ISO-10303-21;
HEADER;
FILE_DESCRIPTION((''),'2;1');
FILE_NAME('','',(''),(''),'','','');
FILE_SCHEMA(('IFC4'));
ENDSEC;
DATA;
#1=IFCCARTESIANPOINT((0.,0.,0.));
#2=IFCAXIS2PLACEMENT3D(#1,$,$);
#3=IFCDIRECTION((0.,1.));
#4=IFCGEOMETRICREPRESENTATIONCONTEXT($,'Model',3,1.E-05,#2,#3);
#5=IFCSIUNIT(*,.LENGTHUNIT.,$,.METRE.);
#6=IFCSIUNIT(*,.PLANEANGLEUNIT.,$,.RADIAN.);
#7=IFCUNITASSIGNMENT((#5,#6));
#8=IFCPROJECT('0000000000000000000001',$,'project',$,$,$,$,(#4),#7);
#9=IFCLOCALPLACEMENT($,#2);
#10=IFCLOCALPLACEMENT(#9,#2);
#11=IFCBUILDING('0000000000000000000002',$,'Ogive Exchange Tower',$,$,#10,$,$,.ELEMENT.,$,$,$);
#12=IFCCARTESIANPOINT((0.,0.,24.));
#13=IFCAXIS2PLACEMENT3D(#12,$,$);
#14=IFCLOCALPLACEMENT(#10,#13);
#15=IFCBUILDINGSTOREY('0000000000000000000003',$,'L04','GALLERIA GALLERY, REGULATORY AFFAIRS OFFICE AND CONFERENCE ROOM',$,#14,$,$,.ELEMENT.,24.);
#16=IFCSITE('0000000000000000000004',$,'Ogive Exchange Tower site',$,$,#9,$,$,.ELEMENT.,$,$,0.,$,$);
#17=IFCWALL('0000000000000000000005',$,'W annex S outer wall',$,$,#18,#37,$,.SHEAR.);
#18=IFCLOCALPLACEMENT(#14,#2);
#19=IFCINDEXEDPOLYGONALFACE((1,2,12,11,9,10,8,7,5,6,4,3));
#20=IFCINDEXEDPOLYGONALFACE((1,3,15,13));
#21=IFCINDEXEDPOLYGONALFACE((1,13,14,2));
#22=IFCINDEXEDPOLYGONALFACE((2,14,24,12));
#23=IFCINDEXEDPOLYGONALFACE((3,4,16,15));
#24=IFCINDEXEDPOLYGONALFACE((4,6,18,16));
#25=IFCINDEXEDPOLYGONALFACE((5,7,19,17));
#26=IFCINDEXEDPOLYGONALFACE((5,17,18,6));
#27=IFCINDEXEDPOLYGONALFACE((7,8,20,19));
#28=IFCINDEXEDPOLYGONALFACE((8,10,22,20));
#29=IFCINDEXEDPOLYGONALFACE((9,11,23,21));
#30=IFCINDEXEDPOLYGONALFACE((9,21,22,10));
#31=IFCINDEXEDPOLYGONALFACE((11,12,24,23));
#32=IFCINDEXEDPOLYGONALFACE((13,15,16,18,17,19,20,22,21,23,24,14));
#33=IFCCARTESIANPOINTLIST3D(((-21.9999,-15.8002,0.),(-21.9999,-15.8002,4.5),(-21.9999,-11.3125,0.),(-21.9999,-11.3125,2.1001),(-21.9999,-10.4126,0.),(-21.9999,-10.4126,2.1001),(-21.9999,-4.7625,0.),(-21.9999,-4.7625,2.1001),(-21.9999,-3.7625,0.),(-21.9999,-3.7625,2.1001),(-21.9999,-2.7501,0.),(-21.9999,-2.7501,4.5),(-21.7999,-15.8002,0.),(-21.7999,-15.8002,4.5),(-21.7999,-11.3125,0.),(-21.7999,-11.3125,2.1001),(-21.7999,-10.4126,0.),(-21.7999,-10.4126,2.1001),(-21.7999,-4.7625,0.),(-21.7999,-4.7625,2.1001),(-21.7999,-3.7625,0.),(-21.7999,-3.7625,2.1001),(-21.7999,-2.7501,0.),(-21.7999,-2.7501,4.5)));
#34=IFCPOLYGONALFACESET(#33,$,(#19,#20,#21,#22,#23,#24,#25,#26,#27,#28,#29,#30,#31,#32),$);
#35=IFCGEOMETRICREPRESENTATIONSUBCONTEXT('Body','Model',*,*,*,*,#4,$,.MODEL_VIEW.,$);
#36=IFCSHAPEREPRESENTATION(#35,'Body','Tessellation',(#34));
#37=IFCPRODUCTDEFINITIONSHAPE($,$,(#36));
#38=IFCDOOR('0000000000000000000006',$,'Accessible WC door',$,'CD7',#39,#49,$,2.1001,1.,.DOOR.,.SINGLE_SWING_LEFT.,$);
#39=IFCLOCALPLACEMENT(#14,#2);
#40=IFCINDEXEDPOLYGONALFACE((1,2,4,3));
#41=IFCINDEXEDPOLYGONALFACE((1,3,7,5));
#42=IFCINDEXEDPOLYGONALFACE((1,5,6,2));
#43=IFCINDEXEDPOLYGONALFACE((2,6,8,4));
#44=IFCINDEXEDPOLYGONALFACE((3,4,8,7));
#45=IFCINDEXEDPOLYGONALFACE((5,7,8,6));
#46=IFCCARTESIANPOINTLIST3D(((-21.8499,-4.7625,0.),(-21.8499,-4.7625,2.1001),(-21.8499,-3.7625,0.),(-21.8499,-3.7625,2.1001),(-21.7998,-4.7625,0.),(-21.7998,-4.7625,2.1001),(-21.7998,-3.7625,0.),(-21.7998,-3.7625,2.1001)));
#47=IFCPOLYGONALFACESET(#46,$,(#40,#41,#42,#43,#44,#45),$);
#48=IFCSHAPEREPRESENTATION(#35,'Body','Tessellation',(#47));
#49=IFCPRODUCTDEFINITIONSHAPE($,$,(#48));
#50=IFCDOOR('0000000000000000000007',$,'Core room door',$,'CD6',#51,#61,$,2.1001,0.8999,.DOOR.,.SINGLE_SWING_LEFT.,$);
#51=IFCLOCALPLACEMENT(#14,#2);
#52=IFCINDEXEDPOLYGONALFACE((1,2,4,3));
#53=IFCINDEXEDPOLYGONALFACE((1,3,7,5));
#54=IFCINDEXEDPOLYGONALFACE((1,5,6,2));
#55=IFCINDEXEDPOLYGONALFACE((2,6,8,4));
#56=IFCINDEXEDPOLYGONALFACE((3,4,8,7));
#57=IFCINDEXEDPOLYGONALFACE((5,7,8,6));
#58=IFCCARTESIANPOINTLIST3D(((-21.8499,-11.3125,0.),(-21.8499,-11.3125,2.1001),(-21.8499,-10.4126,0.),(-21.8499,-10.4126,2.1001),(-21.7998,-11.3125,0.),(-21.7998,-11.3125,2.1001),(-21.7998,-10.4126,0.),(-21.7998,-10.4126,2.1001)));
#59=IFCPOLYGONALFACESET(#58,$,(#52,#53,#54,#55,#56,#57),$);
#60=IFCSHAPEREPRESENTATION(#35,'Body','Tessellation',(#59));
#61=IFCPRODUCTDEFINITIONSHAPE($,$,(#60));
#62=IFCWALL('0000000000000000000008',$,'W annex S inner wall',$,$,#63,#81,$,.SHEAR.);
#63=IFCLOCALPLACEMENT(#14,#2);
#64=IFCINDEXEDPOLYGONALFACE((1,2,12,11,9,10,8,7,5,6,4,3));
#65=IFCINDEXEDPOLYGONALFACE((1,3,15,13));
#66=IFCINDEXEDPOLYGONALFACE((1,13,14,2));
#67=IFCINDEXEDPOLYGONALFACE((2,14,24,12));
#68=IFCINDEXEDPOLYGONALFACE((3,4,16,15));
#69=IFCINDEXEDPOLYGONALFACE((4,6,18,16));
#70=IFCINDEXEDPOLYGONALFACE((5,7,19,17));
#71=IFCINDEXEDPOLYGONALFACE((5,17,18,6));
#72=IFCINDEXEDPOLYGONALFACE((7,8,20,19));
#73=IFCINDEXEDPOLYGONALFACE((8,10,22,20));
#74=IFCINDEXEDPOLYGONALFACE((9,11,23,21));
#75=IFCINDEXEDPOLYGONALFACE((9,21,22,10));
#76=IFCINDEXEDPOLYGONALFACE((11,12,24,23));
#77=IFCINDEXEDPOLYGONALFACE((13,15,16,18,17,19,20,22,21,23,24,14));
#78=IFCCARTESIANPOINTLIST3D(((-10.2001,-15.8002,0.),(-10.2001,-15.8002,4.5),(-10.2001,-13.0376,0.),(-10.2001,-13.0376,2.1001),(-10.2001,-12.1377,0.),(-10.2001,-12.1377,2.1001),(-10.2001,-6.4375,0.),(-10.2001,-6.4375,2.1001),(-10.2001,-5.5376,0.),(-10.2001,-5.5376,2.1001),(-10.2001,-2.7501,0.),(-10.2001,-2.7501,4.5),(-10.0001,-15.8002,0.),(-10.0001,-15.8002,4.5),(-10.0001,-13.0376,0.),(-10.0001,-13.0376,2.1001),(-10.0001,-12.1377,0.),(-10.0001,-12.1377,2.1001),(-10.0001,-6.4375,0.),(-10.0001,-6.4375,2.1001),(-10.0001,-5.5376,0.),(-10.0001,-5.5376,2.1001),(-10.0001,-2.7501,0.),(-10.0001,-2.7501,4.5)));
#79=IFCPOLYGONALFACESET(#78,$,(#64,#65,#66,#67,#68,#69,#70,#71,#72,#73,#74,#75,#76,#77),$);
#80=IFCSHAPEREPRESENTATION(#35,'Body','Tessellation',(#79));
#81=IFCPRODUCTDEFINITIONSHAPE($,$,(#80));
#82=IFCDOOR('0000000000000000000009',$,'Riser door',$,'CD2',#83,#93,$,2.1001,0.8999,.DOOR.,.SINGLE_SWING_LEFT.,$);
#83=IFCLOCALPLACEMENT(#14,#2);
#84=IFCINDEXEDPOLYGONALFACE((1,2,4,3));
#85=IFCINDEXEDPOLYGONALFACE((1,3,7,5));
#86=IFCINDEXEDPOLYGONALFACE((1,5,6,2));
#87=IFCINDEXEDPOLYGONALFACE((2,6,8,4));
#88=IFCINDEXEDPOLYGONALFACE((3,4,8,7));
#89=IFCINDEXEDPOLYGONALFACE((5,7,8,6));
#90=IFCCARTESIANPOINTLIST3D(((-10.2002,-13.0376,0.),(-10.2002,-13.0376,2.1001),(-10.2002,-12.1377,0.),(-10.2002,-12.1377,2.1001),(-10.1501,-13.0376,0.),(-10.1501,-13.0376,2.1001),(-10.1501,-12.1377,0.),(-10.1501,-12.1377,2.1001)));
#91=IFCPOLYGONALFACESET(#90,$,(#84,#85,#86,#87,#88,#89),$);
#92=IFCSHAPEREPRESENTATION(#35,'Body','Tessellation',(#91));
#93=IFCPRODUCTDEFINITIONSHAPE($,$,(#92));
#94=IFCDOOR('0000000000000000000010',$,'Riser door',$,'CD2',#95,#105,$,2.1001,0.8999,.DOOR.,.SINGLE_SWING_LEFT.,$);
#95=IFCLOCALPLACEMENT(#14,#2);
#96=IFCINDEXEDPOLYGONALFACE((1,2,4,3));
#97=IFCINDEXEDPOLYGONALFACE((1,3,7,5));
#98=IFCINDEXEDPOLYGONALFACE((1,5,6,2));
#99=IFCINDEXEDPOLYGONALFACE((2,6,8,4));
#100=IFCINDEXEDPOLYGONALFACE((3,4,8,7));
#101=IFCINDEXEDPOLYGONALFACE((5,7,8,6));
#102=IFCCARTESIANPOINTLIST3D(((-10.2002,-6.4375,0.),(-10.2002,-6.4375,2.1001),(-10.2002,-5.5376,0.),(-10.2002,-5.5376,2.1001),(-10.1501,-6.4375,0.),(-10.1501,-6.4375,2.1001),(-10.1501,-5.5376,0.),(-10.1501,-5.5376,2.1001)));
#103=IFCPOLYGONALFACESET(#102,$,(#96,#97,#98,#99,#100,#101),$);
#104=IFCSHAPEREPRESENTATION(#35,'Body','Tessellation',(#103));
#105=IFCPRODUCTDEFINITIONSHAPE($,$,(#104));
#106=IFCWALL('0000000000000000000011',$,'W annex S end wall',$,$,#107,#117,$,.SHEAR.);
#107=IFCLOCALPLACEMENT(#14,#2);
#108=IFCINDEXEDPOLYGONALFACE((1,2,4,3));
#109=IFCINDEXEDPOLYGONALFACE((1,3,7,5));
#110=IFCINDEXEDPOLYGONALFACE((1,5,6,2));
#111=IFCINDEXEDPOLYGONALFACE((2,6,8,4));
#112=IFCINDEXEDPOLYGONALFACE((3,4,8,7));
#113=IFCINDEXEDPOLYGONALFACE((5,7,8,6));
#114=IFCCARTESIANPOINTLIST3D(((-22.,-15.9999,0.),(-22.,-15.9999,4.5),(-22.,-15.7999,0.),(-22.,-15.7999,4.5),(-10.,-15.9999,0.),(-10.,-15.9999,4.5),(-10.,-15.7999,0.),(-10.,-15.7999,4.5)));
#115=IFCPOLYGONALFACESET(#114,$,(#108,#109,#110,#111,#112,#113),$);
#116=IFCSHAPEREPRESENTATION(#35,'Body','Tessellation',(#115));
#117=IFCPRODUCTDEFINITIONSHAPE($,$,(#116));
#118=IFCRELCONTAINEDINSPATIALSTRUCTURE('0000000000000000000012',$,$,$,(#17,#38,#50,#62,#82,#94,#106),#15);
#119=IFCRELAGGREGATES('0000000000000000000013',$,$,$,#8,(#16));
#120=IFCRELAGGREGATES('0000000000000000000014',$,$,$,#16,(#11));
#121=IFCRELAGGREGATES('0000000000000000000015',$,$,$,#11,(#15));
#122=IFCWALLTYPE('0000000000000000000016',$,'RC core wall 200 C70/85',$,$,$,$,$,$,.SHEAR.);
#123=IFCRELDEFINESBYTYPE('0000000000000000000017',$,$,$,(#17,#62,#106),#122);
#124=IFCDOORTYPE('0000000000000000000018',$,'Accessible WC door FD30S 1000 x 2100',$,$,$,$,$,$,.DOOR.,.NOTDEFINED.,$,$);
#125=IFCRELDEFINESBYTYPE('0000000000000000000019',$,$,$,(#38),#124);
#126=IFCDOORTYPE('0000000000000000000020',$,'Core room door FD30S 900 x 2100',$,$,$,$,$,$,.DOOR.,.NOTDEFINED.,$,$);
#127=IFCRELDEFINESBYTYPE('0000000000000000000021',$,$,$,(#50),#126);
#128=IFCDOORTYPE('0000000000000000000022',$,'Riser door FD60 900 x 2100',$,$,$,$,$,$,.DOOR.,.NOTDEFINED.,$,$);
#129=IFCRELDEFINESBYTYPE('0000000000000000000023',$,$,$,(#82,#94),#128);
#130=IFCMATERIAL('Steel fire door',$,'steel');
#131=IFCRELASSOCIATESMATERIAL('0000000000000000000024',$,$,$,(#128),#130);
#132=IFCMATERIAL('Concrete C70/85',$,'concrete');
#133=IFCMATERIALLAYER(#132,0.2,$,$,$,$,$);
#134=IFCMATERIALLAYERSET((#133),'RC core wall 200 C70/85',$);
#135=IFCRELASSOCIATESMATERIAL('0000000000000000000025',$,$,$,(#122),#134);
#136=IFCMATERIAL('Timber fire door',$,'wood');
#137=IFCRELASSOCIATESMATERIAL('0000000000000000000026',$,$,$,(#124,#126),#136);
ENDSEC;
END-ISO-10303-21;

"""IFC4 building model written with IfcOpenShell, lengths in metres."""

from ifc_helpers import new_model, si_unit, direction, frame, frame_2d, origin, place, context, subcontext, project, spatial, rectangle, extrude, material, layer, layer_set, type_object, element, fill, save


model = new_model("IFC4")

# Units and contexts
model_context = context("Model", 3, precision=1e-05, world=origin(), true_north=direction((0.0, 1.0)))
body_context = subcontext(model_context, "Body", "Model", "MODEL_VIEW")
ifc_project = project(units=[si_unit("LENGTHUNIT", "METRE"), si_unit("PLANEANGLEUNIT", "RADIAN")], contexts=[model_context])

# Site, building, storey
site_placement = place(None, origin())
site = spatial("IfcSite", under=ifc_project, at=site_placement, Name="Ogive Exchange Tower site", CompositionType="ELEMENT", RefElevation=0.0)
building_placement = place(site_placement, origin())
building = spatial("IfcBuilding", under=site, at=building_placement, Name="Ogive Exchange Tower", CompositionType="ELEMENT")
storey_placement = place(building_placement, frame((0.0, 0.0, 24.0)))
storey = spatial("IfcBuildingStorey", under=building, at=storey_placement, Name="L04", Description="GALLERIA GALLERY, REGULATORY AFFAIRS OFFICE AND CONFERENCE ROOM", CompositionType="ELEMENT", Elevation=24.0)

# Shared definitions
ifc_material_1 = material(Name="Concrete C70/85", Category="concrete")

# Shared definitions
ifc_material_2 = material(Name="Steel fire door", Category="steel")
door_type_1 = type_object("IfcDoorType", Name="Riser door FD60 900 x 2100", OperationType="NOTDEFINED", PredefinedType="DOOR", material=ifc_material_2)

# Walls, openings, doors
ifc_layer_1 = layer(ifc_material_1, 0.2)
ifc_layer_set_1 = layer_set([ifc_layer_1], Name="RC core wall 200 C70/85")
wall_type_1 = type_object("IfcWallType", Name="RC core wall 200 C70/85", PredefinedType="SHEAR", material=ifc_layer_set_1)
wall_1_placement = place(storey_placement, frame((-21.8999, -15.8, 0.0), z_axis=(0.0, 0.0, 1.0), x_axis=(0.0, 1.0, 0.0)))
wall_1 = element("IfcWall", 1, at=wall_1_placement, inside=storey, type_object=wall_type_1, Name="W annex S outer wall", PredefinedType="SHEAR", context=body_context, shape_type="SweptSolid", body=[
    extrude(rectangle(XDim=13.05, YDim=0.2, at=frame_2d((6.5249, 0.0))), origin(), (0.0, 0.0, 1.0), 4.5),
])
opening_1_placement = place(wall_1_placement, frame((4.4875, 0.0, 0.0)))
opening_1 = element("IfcOpeningElement", 2, at=opening_1_placement, cuts=wall_1, PredefinedType="OPENING", context=body_context, shape_type="SweptSolid", body=[
    extrude(rectangle(XDim=0.8999, YDim=2.1001, at=frame_2d((0.45, 1.05))), frame((0.0, 0.1099, 0.0), z_axis=(0.0, -1.0, 0.0), x_axis=(1.0, 0.0, 0.0)), (0.0, 0.0, 1.0), 0.22),
])
opening_2_placement = place(wall_1_placement, frame((11.0376, 0.0, 0.0)))
opening_2 = element("IfcOpeningElement", 3, at=opening_2_placement, cuts=wall_1, PredefinedType="OPENING", context=body_context, shape_type="SweptSolid", body=[
    extrude(rectangle(XDim=1.0, YDim=2.1001, at=frame_2d((0.5, 1.05))), frame((0.0, 0.1099, 0.0), z_axis=(0.0, -1.0, 0.0), x_axis=(1.0, 0.0, 0.0)), (0.0, 0.0, 1.0), 0.22),
])
ifc_material_3 = material(Name="Timber fire door", Category="wood")
door_type_2 = type_object("IfcDoorType", Name="Accessible WC door FD30S 1000 x 2100", OperationType="NOTDEFINED", PredefinedType="DOOR", material=ifc_material_3)
door_1_placement = place(opening_2_placement, frame((1.0, -0.1499, 0.0), z_axis=(0.0, 0.0, 1.0), x_axis=(-1.0, 0.0, 0.0)))
door_1 = element("IfcDoor", 4, at=door_1_placement, inside=storey, type_object=door_type_2, Name="Accessible WC door", ObjectType="CD7", OperationType="SINGLE_SWING_LEFT", OverallHeight=2.1001, OverallWidth=1.0, PredefinedType="DOOR", context=body_context, shape_type="SweptSolid", body=[
    extrude(rectangle(XDim=1.0, YDim=2.1001, at=frame_2d((0.5, 1.05))), frame((0.0, -0.0498, 0.0), z_axis=(0.0, -1.0, 0.0), x_axis=(1.0, 0.0, 0.0)), (0.0, 0.0, 1.0), 0.05),
])
fill(opening_2, door_1)
door_type_3 = type_object("IfcDoorType", Name="Core room door FD30S 900 x 2100", OperationType="NOTDEFINED", PredefinedType="DOOR", material=ifc_material_3)
door_2_placement = place(opening_1_placement, frame((0.8999, -0.1499, 0.0), z_axis=(0.0, 0.0, 1.0), x_axis=(-1.0, 0.0, 0.0)))
door_2 = element("IfcDoor", 5, at=door_2_placement, inside=storey, type_object=door_type_3, Name="Core room door", ObjectType="CD6", OperationType="SINGLE_SWING_LEFT", OverallHeight=2.1001, OverallWidth=0.8999, PredefinedType="DOOR", context=body_context, shape_type="SweptSolid", body=[
    extrude(rectangle(XDim=0.8999, YDim=2.1001, at=frame_2d((0.45, 1.05))), frame((0.0, -0.0498, 0.0), z_axis=(0.0, -1.0, 0.0), x_axis=(1.0, 0.0, 0.0)), (0.0, 0.0, 1.0), 0.05),
])
fill(opening_1, door_2)
wall_2_placement = place(storey_placement, frame((-10.1001, -15.8, 0.0), z_axis=(0.0, 0.0, 1.0), x_axis=(0.0, 1.0, 0.0)))
wall_2 = element("IfcWall", 6, at=wall_2_placement, inside=storey, type_object=wall_type_1, Name="W annex S inner wall", PredefinedType="SHEAR", context=body_context, shape_type="SweptSolid", body=[
    extrude(rectangle(XDim=13.05, YDim=0.2, at=frame_2d((6.5249, 0.0))), origin(), (0.0, 0.0, 1.0), 4.5),
])
opening_3_placement = place(wall_2_placement, frame((2.7625, 0.0, 0.0)))
opening_3 = element("IfcOpeningElement", 7, at=opening_3_placement, cuts=wall_2, PredefinedType="OPENING", context=body_context, shape_type="SweptSolid", body=[
    extrude(rectangle(XDim=0.8999, YDim=2.1001, at=frame_2d((0.45, 1.05))), frame((0.0, 0.1099, 0.0), z_axis=(0.0, -1.0, 0.0), x_axis=(1.0, 0.0, 0.0)), (0.0, 0.0, 1.0), 0.22),
])
opening_4_placement = place(wall_2_placement, frame((9.3625, 0.0, 0.0)))
opening_4 = element("IfcOpeningElement", 8, at=opening_4_placement, cuts=wall_2, PredefinedType="OPENING", context=body_context, shape_type="SweptSolid", body=[
    extrude(rectangle(XDim=0.8999, YDim=2.1001, at=frame_2d((0.45, 1.05))), frame((0.0, 0.1099, 0.0), z_axis=(0.0, -1.0, 0.0), x_axis=(1.0, 0.0, 0.0)), (0.0, 0.0, 1.0), 0.22),
])
door_3_placement = place(opening_3_placement, origin())
door_3 = element("IfcDoor", 9, at=door_3_placement, inside=storey, type_object=door_type_1, Name="Riser door", ObjectType="CD2", OperationType="SINGLE_SWING_LEFT", OverallHeight=2.1001, OverallWidth=0.8999, PredefinedType="DOOR", context=body_context, shape_type="SweptSolid", body=[
    extrude(rectangle(XDim=0.8999, YDim=2.1001, at=frame_2d((0.45, 1.05))), frame((0.0, 0.1001, 0.0), z_axis=(0.0, -1.0, 0.0), x_axis=(1.0, 0.0, 0.0)), (0.0, 0.0, 1.0), 0.05),
])
fill(opening_3, door_3)
door_4_placement = place(opening_4_placement, origin())
door_4 = element("IfcDoor", 10, at=door_4_placement, inside=storey, type_object=door_type_1, Name="Riser door", ObjectType="CD2", OperationType="SINGLE_SWING_LEFT", OverallHeight=2.1001, OverallWidth=0.8999, PredefinedType="DOOR", context=body_context, shape_type="SweptSolid", body=[
    extrude(rectangle(XDim=0.8999, YDim=2.1001, at=frame_2d((0.45, 1.05))), frame((0.0, 0.1001, 0.0), z_axis=(0.0, -1.0, 0.0), x_axis=(1.0, 0.0, 0.0)), (0.0, 0.0, 1.0), 0.05),
])
fill(opening_4, door_4)

# Wall
wall_3_placement = place(storey_placement, frame((-22.0, -15.8999, 0.0), z_axis=(0.0, 0.0, 1.0), x_axis=(1.0, 0.0, 0.0)))
element("IfcWall", 11, at=wall_3_placement, inside=storey, type_object=wall_type_1, Name="W annex S end wall", PredefinedType="SHEAR", context=body_context, shape_type="SweptSolid", body=[
    extrude(rectangle(XDim=12.0, YDim=0.2, at=frame_2d((6.0, 0.0))), origin(), (0.0, 0.0, 1.0), 4.5),
])

save(model, "model.ifc")
